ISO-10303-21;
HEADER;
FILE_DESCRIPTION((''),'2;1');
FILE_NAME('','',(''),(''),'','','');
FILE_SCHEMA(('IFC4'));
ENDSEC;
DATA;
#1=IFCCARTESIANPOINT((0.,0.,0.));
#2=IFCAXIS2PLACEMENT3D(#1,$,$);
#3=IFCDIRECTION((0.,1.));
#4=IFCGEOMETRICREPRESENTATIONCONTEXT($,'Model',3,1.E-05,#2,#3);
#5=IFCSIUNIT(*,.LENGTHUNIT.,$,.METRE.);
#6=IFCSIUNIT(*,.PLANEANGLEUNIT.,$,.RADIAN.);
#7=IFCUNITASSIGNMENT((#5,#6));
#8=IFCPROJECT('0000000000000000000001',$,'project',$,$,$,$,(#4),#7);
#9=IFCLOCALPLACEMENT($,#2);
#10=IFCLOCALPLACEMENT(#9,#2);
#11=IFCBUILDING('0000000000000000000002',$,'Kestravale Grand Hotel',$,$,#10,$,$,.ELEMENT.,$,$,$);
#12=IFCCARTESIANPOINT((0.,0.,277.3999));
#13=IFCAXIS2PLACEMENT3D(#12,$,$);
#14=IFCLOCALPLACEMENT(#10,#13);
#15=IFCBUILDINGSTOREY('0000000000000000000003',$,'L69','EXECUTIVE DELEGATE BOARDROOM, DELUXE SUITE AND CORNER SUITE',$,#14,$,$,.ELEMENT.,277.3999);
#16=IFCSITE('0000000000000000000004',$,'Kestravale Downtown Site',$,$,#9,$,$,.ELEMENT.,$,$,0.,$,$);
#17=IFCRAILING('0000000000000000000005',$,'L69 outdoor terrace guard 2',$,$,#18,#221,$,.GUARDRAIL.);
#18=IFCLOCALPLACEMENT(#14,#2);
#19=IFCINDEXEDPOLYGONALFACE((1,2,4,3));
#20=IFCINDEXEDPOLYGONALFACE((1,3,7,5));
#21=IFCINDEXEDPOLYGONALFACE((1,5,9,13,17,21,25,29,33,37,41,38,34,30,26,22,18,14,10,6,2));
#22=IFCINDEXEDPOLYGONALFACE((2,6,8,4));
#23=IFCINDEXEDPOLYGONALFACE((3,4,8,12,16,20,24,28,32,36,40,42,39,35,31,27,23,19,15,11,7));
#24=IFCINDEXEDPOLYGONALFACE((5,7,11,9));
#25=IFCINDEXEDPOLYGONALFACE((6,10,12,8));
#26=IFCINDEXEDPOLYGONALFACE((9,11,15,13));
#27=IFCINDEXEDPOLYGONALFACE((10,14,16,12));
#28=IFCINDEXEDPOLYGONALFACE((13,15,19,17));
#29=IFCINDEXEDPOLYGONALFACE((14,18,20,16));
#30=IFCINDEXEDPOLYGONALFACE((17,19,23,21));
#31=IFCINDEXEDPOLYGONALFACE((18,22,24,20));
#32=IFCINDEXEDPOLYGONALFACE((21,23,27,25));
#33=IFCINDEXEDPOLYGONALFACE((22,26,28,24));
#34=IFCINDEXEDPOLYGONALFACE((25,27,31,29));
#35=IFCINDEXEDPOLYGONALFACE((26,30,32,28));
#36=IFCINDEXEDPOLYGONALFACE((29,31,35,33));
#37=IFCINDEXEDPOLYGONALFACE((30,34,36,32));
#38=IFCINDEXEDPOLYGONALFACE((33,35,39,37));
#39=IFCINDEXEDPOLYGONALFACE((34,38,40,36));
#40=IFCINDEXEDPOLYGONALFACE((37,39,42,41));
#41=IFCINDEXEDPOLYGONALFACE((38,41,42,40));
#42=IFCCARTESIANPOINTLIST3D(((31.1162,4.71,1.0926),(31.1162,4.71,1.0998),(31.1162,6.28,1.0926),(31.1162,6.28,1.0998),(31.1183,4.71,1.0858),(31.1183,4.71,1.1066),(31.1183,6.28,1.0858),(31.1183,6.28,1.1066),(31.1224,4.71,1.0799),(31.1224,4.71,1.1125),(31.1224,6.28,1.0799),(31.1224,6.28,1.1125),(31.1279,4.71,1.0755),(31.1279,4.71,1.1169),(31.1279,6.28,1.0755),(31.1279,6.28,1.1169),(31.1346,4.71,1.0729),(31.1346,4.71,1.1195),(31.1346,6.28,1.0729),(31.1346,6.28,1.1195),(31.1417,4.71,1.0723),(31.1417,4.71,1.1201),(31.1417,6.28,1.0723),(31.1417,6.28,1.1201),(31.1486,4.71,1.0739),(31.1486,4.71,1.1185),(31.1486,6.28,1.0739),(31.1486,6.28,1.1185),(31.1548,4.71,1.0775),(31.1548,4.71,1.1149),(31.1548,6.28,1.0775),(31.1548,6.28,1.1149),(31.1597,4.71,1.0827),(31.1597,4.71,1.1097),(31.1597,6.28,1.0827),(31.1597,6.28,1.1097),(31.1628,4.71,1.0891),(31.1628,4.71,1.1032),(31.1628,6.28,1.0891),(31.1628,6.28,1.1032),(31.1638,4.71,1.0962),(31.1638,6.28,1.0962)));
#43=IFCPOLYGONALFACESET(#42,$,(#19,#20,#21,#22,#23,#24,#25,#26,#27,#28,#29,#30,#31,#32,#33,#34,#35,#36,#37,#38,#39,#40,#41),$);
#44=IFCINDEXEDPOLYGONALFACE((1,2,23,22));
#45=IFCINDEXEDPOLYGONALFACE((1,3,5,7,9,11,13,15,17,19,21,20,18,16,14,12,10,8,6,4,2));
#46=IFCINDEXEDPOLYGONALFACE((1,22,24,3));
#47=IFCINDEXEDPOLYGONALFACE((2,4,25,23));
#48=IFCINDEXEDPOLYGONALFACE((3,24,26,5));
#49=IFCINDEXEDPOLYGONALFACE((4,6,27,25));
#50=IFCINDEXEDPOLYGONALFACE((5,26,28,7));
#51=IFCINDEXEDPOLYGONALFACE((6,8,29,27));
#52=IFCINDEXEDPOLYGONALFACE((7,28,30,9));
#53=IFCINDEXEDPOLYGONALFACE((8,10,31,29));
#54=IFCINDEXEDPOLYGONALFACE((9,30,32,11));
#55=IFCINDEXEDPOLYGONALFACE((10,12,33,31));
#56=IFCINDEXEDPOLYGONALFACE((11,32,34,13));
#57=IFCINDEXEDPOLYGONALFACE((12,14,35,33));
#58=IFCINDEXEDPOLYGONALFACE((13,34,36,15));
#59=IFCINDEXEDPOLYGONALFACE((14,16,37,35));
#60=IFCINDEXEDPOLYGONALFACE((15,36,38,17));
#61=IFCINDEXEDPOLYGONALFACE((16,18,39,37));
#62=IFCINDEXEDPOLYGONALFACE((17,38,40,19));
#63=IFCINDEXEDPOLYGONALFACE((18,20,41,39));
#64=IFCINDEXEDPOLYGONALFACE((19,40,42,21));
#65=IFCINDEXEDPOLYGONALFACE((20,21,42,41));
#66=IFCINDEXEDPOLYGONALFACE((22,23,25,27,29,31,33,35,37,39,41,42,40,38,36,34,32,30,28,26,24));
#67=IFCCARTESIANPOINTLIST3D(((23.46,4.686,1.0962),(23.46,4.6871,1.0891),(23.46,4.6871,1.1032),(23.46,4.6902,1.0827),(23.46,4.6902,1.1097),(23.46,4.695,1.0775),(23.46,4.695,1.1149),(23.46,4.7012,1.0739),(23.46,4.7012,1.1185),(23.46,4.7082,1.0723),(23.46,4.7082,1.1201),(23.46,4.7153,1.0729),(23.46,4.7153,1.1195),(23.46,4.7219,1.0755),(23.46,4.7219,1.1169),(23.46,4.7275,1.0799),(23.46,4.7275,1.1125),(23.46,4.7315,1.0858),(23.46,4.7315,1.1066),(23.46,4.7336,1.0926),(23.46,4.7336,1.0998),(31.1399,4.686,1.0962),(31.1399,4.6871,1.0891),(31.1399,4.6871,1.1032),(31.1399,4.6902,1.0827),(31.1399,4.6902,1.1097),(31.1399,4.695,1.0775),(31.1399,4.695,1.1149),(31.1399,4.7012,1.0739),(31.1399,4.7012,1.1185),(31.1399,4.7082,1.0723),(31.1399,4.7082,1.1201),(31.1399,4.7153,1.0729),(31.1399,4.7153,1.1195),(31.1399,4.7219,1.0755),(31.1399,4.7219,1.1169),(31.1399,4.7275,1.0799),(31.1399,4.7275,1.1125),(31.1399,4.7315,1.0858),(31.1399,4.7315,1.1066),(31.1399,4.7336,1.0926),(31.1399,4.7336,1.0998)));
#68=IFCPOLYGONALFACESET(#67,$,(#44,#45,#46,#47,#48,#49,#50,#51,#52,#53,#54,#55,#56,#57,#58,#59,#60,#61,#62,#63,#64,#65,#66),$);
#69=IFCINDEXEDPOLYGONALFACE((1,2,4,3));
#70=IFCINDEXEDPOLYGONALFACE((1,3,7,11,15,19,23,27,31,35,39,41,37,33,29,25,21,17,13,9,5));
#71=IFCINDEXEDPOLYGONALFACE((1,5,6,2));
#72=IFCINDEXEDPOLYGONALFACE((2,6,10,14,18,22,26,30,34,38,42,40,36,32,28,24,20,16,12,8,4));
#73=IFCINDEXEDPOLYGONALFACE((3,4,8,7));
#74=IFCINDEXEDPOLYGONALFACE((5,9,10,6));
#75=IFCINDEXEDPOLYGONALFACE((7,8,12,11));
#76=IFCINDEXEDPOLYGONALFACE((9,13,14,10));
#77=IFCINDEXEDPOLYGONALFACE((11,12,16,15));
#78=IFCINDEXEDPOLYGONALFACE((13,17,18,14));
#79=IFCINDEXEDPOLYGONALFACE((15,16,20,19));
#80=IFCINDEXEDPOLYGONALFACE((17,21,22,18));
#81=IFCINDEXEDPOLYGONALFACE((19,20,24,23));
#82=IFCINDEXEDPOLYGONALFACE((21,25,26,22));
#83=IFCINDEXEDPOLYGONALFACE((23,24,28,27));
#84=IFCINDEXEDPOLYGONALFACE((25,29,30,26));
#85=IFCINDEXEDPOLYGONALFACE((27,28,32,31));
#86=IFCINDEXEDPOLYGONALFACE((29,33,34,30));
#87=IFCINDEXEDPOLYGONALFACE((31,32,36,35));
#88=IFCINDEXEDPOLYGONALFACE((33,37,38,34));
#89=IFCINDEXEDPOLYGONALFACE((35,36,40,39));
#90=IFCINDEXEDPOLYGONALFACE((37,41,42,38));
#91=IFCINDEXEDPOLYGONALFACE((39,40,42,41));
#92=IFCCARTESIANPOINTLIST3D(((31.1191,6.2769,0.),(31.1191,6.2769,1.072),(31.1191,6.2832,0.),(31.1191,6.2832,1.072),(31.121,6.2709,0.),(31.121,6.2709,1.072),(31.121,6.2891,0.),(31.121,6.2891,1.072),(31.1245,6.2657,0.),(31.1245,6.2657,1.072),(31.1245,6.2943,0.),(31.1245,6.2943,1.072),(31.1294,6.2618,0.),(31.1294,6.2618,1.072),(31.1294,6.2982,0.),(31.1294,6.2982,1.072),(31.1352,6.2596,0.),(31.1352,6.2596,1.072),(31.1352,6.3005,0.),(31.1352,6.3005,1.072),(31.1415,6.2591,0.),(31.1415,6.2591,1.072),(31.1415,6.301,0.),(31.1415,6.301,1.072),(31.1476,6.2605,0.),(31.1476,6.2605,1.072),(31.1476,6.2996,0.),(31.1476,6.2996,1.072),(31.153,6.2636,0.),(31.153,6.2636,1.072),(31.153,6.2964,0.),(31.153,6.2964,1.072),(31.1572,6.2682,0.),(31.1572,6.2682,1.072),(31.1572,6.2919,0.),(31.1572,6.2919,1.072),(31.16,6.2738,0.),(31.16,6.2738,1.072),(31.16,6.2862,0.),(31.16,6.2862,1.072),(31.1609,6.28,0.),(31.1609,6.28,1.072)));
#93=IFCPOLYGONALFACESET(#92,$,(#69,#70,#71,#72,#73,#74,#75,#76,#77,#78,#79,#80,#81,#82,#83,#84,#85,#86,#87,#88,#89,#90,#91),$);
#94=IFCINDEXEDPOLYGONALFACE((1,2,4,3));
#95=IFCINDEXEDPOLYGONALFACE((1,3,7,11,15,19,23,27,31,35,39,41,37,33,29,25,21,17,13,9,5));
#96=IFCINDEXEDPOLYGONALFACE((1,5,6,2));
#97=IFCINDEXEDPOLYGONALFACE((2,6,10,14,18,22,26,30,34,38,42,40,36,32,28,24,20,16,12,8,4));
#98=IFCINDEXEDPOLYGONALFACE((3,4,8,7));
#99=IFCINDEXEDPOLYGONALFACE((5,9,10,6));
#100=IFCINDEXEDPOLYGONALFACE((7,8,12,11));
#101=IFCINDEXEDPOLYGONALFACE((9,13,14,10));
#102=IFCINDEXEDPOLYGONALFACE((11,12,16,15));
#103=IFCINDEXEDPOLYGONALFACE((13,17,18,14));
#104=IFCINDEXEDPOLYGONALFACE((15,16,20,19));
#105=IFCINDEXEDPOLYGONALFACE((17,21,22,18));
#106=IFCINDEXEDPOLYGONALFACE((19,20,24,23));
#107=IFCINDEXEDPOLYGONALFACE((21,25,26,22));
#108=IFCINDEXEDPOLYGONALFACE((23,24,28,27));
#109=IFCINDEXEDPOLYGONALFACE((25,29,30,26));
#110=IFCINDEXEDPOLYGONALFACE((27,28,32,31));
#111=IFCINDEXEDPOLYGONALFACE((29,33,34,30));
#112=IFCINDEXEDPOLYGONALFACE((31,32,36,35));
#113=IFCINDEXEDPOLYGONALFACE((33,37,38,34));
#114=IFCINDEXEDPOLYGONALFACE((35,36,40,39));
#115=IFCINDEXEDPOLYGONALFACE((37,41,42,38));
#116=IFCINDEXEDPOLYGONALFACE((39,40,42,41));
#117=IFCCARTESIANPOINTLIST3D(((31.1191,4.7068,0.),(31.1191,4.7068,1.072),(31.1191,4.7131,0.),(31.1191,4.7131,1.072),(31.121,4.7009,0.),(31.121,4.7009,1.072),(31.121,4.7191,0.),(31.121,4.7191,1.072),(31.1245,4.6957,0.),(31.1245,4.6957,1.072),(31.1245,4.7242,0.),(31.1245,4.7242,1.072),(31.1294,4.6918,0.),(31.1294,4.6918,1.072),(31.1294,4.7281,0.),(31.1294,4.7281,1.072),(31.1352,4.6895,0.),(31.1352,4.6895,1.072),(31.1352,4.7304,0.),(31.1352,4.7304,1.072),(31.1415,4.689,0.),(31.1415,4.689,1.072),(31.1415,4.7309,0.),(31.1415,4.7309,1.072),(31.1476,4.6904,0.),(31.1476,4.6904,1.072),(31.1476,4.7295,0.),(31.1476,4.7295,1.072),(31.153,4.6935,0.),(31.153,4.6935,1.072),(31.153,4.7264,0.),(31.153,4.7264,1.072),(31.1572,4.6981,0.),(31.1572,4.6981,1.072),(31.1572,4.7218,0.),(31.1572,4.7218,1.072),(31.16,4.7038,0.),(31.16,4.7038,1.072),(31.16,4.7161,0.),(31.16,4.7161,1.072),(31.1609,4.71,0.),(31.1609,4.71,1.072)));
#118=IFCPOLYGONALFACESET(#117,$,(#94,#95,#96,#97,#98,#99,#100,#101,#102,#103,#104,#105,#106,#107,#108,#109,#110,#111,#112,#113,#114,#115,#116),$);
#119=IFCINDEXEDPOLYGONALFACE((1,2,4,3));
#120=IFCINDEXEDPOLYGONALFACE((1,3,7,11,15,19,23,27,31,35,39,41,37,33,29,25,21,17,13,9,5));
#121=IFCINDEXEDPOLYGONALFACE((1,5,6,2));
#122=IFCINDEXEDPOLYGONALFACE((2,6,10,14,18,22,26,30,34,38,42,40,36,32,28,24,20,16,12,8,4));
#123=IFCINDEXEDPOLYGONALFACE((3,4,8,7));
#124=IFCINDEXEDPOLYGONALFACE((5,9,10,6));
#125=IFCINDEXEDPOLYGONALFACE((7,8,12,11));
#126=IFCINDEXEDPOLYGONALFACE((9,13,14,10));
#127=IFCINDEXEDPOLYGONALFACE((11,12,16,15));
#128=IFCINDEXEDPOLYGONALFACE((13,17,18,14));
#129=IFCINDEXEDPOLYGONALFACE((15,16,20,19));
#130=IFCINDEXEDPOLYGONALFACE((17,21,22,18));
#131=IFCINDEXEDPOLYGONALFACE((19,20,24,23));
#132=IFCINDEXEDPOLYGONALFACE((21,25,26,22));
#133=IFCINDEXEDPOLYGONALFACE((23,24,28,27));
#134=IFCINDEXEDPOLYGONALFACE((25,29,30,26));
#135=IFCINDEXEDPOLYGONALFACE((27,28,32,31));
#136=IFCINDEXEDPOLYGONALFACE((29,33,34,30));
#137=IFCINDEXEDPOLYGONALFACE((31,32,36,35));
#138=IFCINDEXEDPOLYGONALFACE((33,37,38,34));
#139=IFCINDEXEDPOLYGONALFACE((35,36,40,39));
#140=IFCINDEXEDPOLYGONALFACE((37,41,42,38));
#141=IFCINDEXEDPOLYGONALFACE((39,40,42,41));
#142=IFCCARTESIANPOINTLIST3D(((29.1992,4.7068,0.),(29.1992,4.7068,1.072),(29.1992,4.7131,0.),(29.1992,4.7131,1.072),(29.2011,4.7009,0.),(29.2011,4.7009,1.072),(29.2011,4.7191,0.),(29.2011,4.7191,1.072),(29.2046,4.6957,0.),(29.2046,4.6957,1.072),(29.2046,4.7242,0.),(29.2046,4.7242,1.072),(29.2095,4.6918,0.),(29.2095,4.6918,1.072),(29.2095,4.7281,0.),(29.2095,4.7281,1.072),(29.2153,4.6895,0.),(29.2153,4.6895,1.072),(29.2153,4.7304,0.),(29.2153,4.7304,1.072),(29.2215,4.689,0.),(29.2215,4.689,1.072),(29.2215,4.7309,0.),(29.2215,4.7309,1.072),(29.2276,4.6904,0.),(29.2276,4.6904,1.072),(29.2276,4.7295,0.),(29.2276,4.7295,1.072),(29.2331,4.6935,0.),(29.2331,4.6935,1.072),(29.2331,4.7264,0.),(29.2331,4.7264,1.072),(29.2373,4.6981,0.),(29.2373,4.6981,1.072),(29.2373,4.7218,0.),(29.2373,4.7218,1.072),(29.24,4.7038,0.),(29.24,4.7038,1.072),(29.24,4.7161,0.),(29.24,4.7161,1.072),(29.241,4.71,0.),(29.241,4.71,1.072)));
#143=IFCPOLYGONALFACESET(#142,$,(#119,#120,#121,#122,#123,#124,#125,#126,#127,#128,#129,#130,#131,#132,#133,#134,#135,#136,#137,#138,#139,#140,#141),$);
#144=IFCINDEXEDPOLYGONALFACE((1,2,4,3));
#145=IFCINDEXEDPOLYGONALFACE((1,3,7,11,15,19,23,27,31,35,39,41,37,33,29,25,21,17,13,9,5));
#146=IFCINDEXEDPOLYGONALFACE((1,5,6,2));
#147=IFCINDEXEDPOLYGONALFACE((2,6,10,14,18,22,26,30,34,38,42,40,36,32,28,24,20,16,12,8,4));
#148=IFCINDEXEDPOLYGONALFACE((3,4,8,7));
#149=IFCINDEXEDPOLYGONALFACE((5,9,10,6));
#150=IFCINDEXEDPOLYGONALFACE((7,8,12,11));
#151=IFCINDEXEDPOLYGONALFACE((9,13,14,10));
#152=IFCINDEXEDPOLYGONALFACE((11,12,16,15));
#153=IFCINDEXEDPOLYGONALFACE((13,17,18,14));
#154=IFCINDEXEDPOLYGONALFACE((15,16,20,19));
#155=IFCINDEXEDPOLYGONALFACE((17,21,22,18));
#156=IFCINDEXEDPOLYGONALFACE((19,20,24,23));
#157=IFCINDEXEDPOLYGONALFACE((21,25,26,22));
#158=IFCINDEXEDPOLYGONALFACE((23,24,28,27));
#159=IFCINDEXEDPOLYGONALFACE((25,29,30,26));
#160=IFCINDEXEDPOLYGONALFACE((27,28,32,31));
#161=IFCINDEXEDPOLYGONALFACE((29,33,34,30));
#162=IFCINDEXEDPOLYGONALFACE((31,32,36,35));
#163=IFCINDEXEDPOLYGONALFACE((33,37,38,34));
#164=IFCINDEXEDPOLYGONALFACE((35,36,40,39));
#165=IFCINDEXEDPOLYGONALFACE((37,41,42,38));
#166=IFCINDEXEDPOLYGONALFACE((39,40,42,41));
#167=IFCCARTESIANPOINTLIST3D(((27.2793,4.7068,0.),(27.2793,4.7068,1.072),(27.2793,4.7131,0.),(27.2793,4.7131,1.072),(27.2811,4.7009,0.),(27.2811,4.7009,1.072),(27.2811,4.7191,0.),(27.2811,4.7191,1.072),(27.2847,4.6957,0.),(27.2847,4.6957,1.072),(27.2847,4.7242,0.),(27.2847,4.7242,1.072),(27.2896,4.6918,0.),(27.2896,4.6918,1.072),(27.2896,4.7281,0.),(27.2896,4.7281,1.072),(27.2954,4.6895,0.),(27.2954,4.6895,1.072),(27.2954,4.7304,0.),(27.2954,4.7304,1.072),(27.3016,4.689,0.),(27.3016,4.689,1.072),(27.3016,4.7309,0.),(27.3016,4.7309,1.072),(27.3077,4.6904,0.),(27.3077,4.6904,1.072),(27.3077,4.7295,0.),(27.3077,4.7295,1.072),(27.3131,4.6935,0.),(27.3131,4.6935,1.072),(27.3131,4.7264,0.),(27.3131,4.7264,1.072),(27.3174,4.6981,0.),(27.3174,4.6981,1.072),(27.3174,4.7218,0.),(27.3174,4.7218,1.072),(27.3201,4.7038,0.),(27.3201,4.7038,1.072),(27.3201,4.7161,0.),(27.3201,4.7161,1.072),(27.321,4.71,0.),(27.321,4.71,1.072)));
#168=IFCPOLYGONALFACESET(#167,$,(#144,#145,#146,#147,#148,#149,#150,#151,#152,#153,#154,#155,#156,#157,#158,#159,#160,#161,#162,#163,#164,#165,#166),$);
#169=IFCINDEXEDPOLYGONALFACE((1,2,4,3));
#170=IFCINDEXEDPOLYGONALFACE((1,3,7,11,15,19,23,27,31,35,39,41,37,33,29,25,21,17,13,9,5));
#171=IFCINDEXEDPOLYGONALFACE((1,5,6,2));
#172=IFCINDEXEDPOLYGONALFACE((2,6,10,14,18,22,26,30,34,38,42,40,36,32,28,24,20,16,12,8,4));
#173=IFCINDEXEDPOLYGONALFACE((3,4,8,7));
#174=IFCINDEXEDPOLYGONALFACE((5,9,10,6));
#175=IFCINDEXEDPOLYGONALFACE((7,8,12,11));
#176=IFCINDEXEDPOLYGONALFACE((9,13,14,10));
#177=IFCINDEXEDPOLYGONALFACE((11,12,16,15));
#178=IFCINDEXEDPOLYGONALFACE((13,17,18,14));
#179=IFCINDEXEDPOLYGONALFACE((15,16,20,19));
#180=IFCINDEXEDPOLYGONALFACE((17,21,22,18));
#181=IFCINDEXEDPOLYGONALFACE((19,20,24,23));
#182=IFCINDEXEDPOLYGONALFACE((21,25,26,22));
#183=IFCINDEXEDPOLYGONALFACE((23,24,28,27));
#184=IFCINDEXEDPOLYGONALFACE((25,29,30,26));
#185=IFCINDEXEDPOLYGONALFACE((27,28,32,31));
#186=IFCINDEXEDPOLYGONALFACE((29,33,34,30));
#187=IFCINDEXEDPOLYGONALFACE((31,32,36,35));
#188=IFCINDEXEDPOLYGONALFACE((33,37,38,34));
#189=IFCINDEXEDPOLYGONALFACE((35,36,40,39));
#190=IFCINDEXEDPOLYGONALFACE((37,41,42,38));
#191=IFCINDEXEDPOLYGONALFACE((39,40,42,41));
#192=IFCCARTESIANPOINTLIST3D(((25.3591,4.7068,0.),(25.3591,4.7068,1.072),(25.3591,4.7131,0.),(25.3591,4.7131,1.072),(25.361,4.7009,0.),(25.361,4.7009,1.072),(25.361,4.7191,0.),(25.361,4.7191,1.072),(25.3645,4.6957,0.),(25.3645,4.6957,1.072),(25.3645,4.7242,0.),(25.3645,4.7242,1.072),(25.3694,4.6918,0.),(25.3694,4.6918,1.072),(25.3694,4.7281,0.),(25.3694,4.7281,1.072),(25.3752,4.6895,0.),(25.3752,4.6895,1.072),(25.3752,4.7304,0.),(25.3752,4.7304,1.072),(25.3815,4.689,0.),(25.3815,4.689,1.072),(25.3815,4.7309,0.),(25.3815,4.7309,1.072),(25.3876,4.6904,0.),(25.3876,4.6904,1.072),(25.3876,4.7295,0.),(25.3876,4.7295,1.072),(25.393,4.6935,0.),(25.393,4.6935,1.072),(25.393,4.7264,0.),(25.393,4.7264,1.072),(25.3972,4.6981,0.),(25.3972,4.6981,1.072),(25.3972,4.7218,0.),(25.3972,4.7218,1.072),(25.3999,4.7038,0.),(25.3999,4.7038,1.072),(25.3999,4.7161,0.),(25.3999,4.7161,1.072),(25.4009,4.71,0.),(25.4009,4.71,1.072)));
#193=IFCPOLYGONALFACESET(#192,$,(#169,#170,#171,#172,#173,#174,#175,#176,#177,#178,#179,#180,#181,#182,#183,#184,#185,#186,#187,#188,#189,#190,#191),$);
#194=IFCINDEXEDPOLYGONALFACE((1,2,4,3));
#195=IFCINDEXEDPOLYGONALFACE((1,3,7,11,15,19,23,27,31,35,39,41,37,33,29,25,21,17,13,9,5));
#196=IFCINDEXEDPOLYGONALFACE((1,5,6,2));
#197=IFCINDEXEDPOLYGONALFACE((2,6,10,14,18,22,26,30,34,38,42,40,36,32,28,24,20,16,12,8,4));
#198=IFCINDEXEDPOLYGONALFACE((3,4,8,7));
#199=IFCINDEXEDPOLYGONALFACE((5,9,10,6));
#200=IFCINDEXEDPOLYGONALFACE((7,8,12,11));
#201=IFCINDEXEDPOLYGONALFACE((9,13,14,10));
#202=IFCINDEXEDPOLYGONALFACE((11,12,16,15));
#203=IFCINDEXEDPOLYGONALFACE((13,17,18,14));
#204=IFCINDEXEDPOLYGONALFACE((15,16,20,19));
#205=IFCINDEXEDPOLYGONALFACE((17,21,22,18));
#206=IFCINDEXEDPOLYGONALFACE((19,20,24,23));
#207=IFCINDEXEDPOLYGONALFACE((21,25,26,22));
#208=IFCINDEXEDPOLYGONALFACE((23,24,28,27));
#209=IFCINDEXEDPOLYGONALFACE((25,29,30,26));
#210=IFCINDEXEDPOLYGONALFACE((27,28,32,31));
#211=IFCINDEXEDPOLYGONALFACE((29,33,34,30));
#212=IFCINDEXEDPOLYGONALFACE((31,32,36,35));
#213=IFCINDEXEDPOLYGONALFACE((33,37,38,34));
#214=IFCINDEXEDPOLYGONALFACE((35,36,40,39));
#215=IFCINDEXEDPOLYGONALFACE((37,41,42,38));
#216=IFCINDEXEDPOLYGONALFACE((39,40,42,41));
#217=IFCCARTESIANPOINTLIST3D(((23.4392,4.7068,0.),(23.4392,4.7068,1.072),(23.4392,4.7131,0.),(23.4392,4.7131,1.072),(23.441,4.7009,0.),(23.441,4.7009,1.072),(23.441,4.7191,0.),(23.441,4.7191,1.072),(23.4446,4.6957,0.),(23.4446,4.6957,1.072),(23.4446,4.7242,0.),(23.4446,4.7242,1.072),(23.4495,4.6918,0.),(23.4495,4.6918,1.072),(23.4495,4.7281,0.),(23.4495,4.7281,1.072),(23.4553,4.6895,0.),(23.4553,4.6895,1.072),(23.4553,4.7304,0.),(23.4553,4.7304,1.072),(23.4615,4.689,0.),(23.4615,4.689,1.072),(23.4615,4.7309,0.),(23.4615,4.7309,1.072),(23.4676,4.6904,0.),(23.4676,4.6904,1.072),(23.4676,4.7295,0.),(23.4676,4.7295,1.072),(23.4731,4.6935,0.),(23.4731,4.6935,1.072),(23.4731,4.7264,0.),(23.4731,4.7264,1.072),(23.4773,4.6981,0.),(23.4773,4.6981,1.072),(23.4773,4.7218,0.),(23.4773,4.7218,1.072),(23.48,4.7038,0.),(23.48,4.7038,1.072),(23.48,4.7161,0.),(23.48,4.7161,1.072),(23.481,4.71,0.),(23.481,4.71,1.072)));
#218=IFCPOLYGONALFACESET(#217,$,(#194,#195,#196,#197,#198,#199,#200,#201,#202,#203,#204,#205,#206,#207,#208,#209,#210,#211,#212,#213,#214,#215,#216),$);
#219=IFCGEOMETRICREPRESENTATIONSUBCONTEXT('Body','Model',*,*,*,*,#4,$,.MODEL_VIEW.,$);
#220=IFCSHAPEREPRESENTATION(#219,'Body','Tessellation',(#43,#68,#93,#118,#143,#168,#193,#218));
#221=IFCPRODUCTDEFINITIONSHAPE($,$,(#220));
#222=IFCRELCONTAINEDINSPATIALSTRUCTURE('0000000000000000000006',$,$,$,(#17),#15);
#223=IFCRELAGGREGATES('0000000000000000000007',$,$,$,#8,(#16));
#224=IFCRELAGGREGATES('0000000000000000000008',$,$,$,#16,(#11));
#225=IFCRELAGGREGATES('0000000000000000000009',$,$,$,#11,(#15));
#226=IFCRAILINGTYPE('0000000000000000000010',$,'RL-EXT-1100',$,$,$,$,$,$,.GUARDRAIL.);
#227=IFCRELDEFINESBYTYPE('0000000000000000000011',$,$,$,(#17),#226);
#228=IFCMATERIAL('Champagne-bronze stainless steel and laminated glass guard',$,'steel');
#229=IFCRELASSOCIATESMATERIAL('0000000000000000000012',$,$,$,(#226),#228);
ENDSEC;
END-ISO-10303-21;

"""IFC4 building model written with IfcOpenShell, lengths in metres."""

from ifc_helpers import new_model, si_unit, direction, frame, origin, origin_2d, place, context, subcontext, project, spatial, circle, extrude, material, type_object, element, save


model = new_model("IFC4")

# Units and contexts
model_context = context("Model", 3, precision=1e-05, world=origin(), true_north=direction((0.0, 1.0)))
body_context = subcontext(model_context, "Body", "Model", "MODEL_VIEW")
ifc_project = project(units=[si_unit("LENGTHUNIT", "METRE"), si_unit("PLANEANGLEUNIT", "RADIAN")], contexts=[model_context])

# Site, building, storey
site_placement = place(None, origin())
site = spatial("IfcSite", under=ifc_project, at=site_placement, Name="Kestravale Downtown Site", CompositionType="ELEMENT", RefElevation=0.0)
building_placement = place(site_placement, origin())
building = spatial("IfcBuilding", under=site, at=building_placement, Name="Kestravale Grand Hotel", CompositionType="ELEMENT")
storey_placement = place(building_placement, frame((0.0, 0.0, 277.3999)))
storey = spatial("IfcBuildingStorey", under=building, at=storey_placement, Name="L69", Description="EXECUTIVE DELEGATE BOARDROOM, DELUXE SUITE AND CORNER SUITE", CompositionType="ELEMENT", Elevation=277.3999)

# Railing
ifc_material_1 = material(Name="Champagne-bronze stainless steel and laminated glass guard", Category="steel")
railing_type = type_object("IfcRailingType", Name="RL-EXT-1100", PredefinedType="GUARDRAIL", material=ifc_material_1)
railing_1_placement = place(storey_placement, frame((31.1399, 6.28, 0.0)))
element("IfcRailing", 1, at=railing_1_placement, inside=storey, type_object=railing_type, Name="L69 outdoor terrace guard 2", PredefinedType="GUARDRAIL", context=body_context, shape_type="SweptSolid", body=[
    extrude(circle(Radius=0.0239, at=origin_2d()), frame((0.0, 0.0, 1.0962), z_axis=(0.0, -1.0, 0.0), x_axis=(1.0, 0.0, 0.0)), (0.0, 0.0, 1.0), 1.5701),
    extrude(circle(Radius=0.0239, at=origin_2d()), frame((0.0, -1.5701, 1.0962), z_axis=(-1.0, 0.0, 0.0), x_axis=(0.0, -1.0, 0.0)), (0.0, 0.0, 1.0), 7.6799),
    extrude(circle(Radius=0.021, at=origin_2d()), origin(), (0.0, 0.0, 1.0), 1.072),
    extrude(circle(Radius=0.021, at=origin_2d()), frame((0.0, -1.5701, 0.0)), (0.0, 0.0, 1.0), 1.072),
    extrude(circle(Radius=0.021, at=origin_2d()), frame((-1.9199, -1.5701, 0.0)), (0.0, 0.0, 1.0), 1.072),
    extrude(circle(Radius=0.021, at=origin_2d()), frame((-3.8398, -1.5701, 0.0)), (0.0, 0.0, 1.0), 1.072),
    extrude(circle(Radius=0.021, at=origin_2d()), frame((-5.76, -1.5701, 0.0)), (0.0, 0.0, 1.0), 1.072),
    extrude(circle(Radius=0.021, at=origin_2d()), frame((-7.6799, -1.5701, 0.0)), (0.0, 0.0, 1.0), 1.072),
])

save(model, "model.ifc")
